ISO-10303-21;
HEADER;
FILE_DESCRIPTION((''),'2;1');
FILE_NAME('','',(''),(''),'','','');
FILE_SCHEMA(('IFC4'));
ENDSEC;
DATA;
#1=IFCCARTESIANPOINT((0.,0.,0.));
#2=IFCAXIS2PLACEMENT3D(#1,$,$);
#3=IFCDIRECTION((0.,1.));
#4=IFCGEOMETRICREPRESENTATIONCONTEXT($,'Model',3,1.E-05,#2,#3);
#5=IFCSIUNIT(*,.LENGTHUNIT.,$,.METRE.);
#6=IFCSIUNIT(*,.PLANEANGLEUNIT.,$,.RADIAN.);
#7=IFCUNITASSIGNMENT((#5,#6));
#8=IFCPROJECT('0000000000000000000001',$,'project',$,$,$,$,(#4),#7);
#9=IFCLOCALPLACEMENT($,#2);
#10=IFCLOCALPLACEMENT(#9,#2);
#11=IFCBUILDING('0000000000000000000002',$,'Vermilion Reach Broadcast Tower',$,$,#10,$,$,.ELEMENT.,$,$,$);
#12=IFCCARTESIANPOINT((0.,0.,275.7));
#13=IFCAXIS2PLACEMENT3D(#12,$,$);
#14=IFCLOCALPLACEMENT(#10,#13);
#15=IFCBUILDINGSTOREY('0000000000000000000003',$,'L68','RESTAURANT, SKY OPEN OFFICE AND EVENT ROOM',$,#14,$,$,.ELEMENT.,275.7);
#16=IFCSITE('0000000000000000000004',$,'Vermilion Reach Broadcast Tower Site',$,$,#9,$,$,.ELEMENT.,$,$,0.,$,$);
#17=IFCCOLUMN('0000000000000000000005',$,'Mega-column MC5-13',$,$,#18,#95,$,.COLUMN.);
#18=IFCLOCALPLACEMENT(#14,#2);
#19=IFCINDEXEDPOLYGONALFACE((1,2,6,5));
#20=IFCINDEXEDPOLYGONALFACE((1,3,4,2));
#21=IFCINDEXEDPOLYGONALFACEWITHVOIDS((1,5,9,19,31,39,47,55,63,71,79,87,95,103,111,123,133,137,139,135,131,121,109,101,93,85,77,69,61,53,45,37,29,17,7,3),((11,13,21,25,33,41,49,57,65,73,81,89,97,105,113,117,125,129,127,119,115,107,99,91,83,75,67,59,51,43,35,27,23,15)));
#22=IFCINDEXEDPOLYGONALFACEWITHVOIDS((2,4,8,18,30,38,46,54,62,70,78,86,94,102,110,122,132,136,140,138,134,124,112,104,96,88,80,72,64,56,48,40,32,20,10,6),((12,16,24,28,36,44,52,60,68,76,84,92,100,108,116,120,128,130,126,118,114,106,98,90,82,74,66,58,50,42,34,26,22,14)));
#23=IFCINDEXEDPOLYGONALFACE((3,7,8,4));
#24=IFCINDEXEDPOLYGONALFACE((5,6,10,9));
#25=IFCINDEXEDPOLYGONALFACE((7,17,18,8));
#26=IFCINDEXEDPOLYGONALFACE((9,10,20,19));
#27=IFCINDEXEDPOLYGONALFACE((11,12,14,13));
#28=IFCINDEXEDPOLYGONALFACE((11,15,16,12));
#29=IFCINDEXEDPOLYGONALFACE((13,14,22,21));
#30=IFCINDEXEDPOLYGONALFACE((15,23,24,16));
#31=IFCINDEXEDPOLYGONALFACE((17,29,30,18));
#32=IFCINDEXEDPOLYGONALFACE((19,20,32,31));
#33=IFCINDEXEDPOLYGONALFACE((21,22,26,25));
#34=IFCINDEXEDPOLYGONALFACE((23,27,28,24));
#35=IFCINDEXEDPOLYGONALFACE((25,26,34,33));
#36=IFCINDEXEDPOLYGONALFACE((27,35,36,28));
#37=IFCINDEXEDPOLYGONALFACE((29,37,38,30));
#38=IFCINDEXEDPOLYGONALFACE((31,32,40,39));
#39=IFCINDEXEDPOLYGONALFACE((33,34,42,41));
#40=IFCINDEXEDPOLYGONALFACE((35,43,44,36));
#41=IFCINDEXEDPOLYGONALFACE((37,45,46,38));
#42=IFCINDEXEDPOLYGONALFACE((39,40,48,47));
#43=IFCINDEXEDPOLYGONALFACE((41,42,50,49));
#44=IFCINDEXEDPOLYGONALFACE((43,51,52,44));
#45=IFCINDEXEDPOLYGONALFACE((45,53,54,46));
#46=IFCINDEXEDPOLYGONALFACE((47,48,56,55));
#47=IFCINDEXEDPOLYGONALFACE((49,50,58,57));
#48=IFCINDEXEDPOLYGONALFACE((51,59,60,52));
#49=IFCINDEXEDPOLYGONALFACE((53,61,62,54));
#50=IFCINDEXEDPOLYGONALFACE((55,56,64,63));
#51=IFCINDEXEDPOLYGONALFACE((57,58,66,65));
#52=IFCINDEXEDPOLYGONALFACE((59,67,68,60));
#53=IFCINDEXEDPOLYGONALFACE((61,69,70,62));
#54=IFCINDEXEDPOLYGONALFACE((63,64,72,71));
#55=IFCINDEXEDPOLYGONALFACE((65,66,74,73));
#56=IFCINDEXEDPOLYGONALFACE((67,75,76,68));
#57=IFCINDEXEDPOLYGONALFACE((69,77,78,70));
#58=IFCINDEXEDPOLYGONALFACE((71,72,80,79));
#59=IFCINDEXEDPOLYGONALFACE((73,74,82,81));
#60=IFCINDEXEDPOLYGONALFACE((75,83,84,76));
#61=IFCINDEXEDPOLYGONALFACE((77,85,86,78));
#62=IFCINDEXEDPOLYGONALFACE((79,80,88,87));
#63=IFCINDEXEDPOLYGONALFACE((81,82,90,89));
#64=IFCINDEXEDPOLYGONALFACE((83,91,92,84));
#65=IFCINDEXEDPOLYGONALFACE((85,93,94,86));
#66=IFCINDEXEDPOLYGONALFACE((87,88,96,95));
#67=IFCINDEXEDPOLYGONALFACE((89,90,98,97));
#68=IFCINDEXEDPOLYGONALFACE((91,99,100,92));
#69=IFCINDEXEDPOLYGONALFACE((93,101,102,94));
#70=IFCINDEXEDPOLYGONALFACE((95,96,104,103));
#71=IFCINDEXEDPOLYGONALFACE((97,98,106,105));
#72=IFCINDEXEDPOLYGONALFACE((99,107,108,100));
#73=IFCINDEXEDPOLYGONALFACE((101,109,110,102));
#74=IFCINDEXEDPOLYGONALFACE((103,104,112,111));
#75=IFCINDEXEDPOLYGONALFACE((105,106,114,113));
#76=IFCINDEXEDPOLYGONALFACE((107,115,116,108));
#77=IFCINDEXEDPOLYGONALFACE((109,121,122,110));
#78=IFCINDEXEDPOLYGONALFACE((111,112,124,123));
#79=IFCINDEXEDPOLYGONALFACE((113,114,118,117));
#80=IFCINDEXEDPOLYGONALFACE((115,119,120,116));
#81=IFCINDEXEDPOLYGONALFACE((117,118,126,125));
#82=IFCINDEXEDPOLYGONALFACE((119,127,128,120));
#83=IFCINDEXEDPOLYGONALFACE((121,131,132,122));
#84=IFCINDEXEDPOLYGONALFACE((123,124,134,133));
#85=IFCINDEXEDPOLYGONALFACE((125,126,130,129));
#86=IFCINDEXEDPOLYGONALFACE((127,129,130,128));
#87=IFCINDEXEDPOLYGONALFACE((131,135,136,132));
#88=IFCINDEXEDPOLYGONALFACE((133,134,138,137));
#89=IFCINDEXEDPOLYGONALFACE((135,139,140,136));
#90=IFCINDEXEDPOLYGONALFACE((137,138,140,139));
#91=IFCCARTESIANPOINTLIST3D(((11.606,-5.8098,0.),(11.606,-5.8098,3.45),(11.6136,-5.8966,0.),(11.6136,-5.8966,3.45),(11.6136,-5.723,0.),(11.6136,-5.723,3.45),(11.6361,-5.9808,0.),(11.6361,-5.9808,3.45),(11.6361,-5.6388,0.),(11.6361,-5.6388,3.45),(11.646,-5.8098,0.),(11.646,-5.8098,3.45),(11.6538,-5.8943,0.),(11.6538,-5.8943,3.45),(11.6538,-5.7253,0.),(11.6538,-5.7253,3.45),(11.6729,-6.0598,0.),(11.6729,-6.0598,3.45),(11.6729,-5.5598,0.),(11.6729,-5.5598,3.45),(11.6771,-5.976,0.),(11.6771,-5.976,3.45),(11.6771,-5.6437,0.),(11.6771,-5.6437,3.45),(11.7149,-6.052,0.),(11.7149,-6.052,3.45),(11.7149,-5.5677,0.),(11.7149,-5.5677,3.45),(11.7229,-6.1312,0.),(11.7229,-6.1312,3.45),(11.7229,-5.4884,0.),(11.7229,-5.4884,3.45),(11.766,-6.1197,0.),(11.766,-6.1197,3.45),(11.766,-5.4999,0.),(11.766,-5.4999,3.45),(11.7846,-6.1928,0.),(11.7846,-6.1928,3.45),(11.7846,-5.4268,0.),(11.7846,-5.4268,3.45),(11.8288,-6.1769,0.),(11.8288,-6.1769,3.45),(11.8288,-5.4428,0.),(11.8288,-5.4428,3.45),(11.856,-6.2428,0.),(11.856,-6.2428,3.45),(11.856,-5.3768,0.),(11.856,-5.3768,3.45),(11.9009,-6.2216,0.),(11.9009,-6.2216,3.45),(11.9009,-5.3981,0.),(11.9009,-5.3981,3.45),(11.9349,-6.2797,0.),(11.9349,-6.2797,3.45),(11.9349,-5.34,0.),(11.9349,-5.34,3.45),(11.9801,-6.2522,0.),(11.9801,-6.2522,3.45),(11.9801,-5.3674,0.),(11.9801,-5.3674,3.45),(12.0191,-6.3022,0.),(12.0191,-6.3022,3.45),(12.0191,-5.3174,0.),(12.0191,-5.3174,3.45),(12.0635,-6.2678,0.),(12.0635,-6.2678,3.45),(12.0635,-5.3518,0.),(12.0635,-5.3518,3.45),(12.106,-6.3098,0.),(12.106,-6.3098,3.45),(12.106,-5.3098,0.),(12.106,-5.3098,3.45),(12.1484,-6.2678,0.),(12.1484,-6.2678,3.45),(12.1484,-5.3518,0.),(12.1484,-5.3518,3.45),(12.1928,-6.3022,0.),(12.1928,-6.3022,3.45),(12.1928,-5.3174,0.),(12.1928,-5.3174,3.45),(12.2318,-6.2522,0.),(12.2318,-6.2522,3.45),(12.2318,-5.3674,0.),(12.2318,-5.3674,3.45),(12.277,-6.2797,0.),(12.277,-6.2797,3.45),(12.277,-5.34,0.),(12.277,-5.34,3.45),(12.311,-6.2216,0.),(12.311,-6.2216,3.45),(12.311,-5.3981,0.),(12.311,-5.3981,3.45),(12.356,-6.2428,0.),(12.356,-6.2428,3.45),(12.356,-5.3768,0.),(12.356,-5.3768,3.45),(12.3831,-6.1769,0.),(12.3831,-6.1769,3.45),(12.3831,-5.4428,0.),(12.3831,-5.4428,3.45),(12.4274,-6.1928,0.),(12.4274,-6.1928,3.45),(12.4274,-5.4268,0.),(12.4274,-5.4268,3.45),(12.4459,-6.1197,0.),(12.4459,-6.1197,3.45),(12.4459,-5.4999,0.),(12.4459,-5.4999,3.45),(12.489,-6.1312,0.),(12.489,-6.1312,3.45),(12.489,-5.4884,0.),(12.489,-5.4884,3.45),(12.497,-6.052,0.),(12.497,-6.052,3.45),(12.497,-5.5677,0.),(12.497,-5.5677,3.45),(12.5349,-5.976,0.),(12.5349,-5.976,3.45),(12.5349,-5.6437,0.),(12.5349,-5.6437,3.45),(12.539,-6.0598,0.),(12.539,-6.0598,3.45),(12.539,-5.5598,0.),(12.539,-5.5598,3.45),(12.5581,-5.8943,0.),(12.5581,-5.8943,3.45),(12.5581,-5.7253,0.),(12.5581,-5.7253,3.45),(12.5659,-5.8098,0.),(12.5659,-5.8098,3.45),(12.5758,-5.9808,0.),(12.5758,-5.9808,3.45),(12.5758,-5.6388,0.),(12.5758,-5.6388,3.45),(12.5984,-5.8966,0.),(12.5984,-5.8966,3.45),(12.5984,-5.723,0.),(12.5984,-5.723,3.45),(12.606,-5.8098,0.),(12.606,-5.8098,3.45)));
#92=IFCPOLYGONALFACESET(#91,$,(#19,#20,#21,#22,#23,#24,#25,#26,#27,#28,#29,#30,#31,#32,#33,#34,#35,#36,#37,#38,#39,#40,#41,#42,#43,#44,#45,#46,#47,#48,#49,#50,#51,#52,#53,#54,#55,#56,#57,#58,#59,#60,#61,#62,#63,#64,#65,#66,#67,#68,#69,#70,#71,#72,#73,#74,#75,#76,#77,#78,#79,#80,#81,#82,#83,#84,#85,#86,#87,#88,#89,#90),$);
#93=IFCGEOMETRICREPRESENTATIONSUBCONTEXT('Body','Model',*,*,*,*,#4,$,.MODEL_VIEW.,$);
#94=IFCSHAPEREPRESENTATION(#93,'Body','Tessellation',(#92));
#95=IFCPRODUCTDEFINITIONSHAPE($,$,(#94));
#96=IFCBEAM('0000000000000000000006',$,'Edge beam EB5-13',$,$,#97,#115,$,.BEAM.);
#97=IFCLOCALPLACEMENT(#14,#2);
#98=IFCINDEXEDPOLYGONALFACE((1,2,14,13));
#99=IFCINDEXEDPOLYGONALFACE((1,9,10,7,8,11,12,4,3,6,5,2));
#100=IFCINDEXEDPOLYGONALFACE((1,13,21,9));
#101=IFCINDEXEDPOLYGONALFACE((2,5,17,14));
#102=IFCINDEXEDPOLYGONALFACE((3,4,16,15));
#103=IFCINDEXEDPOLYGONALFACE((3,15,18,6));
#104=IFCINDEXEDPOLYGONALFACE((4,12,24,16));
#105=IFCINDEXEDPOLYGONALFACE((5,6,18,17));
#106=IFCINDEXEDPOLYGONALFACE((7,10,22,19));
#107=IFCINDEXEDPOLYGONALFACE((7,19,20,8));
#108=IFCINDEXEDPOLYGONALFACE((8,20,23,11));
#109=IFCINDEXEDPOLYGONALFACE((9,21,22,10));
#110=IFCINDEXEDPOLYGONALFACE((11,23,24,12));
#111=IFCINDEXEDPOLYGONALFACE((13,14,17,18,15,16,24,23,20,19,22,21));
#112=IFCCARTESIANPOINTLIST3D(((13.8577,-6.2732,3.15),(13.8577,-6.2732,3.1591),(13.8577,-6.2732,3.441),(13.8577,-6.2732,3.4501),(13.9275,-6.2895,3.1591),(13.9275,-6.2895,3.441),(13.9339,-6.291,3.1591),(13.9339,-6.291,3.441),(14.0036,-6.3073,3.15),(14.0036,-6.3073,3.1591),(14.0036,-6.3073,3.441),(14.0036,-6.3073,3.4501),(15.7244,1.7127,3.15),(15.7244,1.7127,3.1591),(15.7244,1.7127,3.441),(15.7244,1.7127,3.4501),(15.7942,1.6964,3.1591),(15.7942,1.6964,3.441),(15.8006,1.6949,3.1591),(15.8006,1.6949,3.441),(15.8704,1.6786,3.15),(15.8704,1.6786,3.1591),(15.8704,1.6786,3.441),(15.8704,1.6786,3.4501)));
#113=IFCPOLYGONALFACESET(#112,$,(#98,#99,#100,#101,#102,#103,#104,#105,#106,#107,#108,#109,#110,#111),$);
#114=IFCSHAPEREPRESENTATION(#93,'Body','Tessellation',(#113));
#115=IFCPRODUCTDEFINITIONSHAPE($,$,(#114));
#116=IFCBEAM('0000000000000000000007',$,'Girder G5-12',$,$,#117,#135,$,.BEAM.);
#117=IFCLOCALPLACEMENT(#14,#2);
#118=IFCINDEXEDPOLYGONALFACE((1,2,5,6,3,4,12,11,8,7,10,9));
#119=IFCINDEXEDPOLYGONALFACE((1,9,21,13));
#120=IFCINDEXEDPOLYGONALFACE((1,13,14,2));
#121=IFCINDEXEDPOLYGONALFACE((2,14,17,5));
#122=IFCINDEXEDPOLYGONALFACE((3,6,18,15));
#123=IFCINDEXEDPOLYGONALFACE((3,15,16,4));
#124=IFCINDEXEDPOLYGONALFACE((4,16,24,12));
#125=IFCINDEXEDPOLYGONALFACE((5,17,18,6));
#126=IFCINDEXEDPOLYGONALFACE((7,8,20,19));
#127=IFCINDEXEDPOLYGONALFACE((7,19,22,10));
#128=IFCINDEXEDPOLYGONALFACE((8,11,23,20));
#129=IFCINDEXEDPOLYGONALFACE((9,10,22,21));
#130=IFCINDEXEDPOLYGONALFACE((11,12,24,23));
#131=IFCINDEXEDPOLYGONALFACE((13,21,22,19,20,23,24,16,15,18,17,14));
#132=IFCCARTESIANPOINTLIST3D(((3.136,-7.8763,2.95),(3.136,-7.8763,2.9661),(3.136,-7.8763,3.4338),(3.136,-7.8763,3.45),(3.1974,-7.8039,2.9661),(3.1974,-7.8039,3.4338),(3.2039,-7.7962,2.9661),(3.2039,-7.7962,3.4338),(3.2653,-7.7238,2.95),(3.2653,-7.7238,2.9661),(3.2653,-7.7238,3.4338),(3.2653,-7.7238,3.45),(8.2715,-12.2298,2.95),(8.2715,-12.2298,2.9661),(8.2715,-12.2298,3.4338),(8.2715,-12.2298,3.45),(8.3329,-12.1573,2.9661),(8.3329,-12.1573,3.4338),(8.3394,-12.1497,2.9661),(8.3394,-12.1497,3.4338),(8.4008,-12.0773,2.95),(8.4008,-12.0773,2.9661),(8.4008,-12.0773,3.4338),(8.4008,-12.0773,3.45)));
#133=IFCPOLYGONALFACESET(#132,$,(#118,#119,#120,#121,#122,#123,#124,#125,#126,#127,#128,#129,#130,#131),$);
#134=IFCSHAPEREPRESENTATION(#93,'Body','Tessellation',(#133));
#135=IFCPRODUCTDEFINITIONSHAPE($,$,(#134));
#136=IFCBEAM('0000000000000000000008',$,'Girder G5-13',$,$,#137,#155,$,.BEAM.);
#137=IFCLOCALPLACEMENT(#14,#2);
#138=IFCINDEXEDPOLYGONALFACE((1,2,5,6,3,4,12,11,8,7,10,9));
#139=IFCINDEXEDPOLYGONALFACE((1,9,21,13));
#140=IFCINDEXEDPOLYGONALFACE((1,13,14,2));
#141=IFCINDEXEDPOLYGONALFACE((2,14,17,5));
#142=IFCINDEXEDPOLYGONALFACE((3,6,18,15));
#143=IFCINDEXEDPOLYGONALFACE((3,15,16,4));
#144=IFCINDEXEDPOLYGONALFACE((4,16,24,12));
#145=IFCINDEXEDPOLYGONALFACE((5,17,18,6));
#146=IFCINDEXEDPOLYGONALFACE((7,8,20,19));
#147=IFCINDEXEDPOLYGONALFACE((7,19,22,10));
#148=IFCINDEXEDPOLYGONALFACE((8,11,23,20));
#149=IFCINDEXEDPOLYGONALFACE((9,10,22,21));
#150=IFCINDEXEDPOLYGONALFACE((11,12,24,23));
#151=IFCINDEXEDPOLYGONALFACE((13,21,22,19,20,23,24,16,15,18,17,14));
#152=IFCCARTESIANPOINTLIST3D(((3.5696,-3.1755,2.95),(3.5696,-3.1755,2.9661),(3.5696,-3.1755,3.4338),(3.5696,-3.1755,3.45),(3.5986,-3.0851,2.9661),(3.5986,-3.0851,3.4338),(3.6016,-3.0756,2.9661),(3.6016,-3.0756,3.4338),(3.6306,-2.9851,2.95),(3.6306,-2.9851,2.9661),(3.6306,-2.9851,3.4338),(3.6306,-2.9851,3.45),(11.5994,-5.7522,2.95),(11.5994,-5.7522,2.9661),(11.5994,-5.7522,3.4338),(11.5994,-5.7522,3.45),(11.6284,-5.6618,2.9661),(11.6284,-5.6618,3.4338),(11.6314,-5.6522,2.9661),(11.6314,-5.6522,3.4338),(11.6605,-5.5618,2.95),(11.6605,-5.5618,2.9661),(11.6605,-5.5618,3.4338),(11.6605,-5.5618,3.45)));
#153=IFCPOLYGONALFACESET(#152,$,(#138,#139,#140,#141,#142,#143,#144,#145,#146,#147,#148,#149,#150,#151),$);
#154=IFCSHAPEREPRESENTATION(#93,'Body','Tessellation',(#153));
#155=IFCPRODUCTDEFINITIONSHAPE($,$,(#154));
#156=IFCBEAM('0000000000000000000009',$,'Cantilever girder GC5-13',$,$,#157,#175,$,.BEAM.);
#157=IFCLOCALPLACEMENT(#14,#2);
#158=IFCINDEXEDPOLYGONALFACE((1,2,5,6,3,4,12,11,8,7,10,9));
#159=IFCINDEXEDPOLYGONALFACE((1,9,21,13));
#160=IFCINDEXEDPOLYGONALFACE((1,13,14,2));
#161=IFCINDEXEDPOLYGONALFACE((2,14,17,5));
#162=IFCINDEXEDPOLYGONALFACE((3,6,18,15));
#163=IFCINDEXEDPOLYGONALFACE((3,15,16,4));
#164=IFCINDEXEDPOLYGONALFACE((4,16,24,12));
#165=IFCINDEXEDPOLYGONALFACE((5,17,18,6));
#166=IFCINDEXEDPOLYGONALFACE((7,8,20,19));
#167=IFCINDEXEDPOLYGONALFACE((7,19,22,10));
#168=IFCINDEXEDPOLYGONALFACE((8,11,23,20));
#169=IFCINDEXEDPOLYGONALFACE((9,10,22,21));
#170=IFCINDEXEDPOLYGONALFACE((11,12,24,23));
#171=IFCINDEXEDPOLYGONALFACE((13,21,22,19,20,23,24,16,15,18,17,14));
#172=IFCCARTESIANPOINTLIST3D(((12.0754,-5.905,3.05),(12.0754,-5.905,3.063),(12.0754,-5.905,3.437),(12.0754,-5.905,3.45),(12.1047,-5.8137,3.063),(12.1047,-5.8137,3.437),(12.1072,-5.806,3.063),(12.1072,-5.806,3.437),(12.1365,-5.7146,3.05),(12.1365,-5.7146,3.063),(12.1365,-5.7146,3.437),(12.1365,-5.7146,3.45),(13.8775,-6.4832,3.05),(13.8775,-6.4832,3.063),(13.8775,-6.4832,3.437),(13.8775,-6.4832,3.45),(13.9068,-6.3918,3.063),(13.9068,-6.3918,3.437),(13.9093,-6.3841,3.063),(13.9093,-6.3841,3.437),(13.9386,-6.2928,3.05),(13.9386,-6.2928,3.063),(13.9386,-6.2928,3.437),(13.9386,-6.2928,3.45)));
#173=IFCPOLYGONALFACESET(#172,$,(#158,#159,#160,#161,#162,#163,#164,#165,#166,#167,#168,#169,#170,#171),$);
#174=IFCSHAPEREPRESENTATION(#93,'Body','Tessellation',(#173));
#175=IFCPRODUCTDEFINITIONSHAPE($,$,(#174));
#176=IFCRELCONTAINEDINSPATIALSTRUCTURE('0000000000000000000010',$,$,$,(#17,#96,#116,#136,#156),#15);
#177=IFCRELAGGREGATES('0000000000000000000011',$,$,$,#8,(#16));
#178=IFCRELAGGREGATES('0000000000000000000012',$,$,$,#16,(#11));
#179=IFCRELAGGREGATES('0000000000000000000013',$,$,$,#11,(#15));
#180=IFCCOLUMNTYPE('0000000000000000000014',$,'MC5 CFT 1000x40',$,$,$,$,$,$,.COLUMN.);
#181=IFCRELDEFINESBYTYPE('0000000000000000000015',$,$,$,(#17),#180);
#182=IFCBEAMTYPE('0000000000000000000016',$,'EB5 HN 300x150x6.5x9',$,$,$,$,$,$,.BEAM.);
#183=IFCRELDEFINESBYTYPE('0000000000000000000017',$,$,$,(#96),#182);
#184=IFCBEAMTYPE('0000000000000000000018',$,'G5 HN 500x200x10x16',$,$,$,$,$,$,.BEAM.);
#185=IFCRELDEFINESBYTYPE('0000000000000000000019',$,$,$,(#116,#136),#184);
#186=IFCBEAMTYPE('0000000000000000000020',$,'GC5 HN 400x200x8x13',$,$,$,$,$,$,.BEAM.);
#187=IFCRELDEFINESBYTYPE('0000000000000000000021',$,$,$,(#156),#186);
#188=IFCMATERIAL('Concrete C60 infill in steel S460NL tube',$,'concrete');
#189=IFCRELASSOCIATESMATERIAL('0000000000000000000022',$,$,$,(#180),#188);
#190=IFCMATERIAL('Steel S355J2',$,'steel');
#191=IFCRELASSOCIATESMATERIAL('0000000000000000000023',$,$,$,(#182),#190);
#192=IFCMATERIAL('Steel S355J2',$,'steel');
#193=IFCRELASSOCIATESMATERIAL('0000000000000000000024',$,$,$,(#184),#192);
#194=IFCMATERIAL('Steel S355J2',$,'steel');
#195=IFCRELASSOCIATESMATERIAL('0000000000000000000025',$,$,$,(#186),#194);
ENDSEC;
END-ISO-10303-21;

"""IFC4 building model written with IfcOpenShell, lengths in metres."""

from ifc_helpers import new_model, si_unit, direction, frame, origin, origin_2d, place, context, subcontext, project, spatial, hollow_circle, i_section, extrude, material, material_profile, profile_set, type_object, element, save


model = new_model("IFC4")

# Units and contexts
model_context = context("Model", 3, precision=1e-05, world=origin(), true_north=direction((0.0, 1.0)))
body_context = subcontext(model_context, "Body", "Model", "MODEL_VIEW")
ifc_project = project(units=[si_unit("LENGTHUNIT", "METRE"), si_unit("PLANEANGLEUNIT", "RADIAN")], contexts=[model_context])

# Site, building, storey
site_placement = place(None, origin())
site = spatial("IfcSite", under=ifc_project, at=site_placement, Name="Vermilion Reach Broadcast Tower Site", CompositionType="ELEMENT", RefElevation=0.0)
building_placement = place(site_placement, origin())
building = spatial("IfcBuilding", under=site, at=building_placement, Name="Vermilion Reach Broadcast Tower", CompositionType="ELEMENT")
storey_placement = place(building_placement, frame((0.0, 0.0, 275.7)))
storey = spatial("IfcBuildingStorey", under=building, at=storey_placement, Name="L68", Description="RESTAURANT, SKY OPEN OFFICE AND EVENT ROOM", CompositionType="ELEMENT", Elevation=275.7)

# Column
ifc_material_1 = material(Name="Concrete C60 infill in steel S460NL tube", Category="concrete")
ifc_material_profile_1 = material_profile(ifc_material_1, hollow_circle(Radius=0.5, WallThickness=0.04, at=origin_2d()), Name="Concrete C60 infill in steel S460NL tube CFT 1000x40")
ifc_profile_set_1 = profile_set([ifc_material_profile_1], Name="Concrete C60 infill in steel S460NL tube")
column_type = type_object("IfcColumnType", Name="MC5 CFT 1000x40", PredefinedType="COLUMN", material=ifc_profile_set_1)
column_placement = place(storey_placement, frame((12.106, -5.8098, 0.0), z_axis=(0.0, 0.0, 1.0), x_axis=(1.0, 0.0, 0.0)))
element("IfcColumn", 1, at=column_placement, inside=storey, type_object=column_type, Name="Mega-column MC5-13", PredefinedType="COLUMN", context=body_context, shape_type="SweptSolid", body=[
    extrude(hollow_circle(Radius=0.5, WallThickness=0.04, at=origin_2d()), origin(), (0.0, 0.0, 1.0), 3.45),
])

# Beams
ifc_material_2 = material(Name="Steel S355J2", Category="steel")
ifc_material_profile_2 = material_profile(ifc_material_2, i_section(OverallWidth=0.1499, OverallDepth=0.3, WebThickness=0.0066, FlangeThickness=0.009, at=origin_2d()), Name="S355J2 HN 300x150x6.5x9")
ifc_profile_set_2 = profile_set([ifc_material_profile_2], Name="Steel S355J2")
beam_type_1 = type_object("IfcBeamType", Name="EB5 HN 300x150x6.5x9", PredefinedType="BEAM", material=ifc_profile_set_2)
beam_1_placement = place(storey_placement, frame((13.9307, -6.2903, 3.3), z_axis=(0.227615, 0.973751, 0.0), x_axis=(-0.973751, 0.227615, 0.0)))
element("IfcBeam", 2, at=beam_1_placement, inside=storey, type_object=beam_type_1, Name="Edge beam EB5-13", PredefinedType="BEAM", context=body_context, shape_type="SweptSolid", body=[
    extrude(i_section(OverallWidth=0.1499, OverallDepth=0.3, WebThickness=0.0066, FlangeThickness=0.009, at=origin_2d()), origin(), (0.0, 0.0, 1.0), 8.2012),
])
ifc_material_3 = material(Name="Steel S355J2", Category="steel")
ifc_material_profile_3 = material_profile(ifc_material_3, i_section(OverallWidth=0.2, OverallDepth=0.5, WebThickness=0.01, FlangeThickness=0.0161, at=origin_2d()), Name="S355J2 HN 500x200x10x16")
ifc_profile_set_3 = profile_set([ifc_material_profile_3], Name="Steel S355J2")
beam_type_2 = type_object("IfcBeamType", Name="G5 HN 500x200x10x16", PredefinedType="BEAM", material=ifc_profile_set_3)
beam_2_placement = place(storey_placement, frame((3.2007, -7.8, 3.2), z_axis=(0.762793, -0.646643, 0.0), x_axis=(0.646643, 0.762793, 0.0)))
element("IfcBeam", 3, at=beam_2_placement, inside=storey, type_object=beam_type_2, Name="Girder G5-12", PredefinedType="BEAM", context=body_context, shape_type="SweptSolid", body=[
    extrude(i_section(OverallWidth=0.2, OverallDepth=0.5, WebThickness=0.01, FlangeThickness=0.0161, at=origin_2d()), origin(), (0.0, 0.0, 1.0), 6.7324),
])
beam_3_placement = place(storey_placement, frame((3.6001, -3.0803, 3.2), z_axis=(0.952178, -0.305542, 0.0), x_axis=(0.305542, 0.952178, 0.0)))
element("IfcBeam", 4, at=beam_3_placement, inside=storey, type_object=beam_type_2, Name="Girder G5-13", PredefinedType="BEAM", context=body_context, shape_type="SweptSolid", body=[
    extrude(i_section(OverallWidth=0.2, OverallDepth=0.5, WebThickness=0.01, FlangeThickness=0.0161, at=origin_2d()), origin(), (0.0, 0.0, 1.0), 8.4331),
])
ifc_material_4 = material(Name="Steel S355J2", Category="steel")
ifc_material_profile_4 = material_profile(ifc_material_4, i_section(OverallWidth=0.2, OverallDepth=0.3999, WebThickness=0.0081, FlangeThickness=0.0129, at=origin_2d()), Name="S355J2 HN 400x200x8x13")
ifc_profile_set_4 = profile_set([ifc_material_profile_4], Name="Steel S355J2")
beam_type_3 = type_object("IfcBeamType", Name="GC5 HN 400x200x8x13", PredefinedType="BEAM", material=ifc_profile_set_4)
beam_4_placement = place(storey_placement, frame((12.106, -5.8098, 3.25), z_axis=(0.952196, -0.305487, 0.0), x_axis=(0.305487, 0.952196, 0.0)))
element("IfcBeam", 5, at=beam_4_placement, inside=storey, type_object=beam_type_3, Name="Cantilever girder GC5-13", PredefinedType="BEAM", context=body_context, shape_type="SweptSolid", body=[
    extrude(i_section(OverallWidth=0.2, OverallDepth=0.3999, WebThickness=0.0081, FlangeThickness=0.0129, at=origin_2d()), origin(), (0.0, 0.0, 1.0), 1.8926),
])

save(model, "model.ifc")
